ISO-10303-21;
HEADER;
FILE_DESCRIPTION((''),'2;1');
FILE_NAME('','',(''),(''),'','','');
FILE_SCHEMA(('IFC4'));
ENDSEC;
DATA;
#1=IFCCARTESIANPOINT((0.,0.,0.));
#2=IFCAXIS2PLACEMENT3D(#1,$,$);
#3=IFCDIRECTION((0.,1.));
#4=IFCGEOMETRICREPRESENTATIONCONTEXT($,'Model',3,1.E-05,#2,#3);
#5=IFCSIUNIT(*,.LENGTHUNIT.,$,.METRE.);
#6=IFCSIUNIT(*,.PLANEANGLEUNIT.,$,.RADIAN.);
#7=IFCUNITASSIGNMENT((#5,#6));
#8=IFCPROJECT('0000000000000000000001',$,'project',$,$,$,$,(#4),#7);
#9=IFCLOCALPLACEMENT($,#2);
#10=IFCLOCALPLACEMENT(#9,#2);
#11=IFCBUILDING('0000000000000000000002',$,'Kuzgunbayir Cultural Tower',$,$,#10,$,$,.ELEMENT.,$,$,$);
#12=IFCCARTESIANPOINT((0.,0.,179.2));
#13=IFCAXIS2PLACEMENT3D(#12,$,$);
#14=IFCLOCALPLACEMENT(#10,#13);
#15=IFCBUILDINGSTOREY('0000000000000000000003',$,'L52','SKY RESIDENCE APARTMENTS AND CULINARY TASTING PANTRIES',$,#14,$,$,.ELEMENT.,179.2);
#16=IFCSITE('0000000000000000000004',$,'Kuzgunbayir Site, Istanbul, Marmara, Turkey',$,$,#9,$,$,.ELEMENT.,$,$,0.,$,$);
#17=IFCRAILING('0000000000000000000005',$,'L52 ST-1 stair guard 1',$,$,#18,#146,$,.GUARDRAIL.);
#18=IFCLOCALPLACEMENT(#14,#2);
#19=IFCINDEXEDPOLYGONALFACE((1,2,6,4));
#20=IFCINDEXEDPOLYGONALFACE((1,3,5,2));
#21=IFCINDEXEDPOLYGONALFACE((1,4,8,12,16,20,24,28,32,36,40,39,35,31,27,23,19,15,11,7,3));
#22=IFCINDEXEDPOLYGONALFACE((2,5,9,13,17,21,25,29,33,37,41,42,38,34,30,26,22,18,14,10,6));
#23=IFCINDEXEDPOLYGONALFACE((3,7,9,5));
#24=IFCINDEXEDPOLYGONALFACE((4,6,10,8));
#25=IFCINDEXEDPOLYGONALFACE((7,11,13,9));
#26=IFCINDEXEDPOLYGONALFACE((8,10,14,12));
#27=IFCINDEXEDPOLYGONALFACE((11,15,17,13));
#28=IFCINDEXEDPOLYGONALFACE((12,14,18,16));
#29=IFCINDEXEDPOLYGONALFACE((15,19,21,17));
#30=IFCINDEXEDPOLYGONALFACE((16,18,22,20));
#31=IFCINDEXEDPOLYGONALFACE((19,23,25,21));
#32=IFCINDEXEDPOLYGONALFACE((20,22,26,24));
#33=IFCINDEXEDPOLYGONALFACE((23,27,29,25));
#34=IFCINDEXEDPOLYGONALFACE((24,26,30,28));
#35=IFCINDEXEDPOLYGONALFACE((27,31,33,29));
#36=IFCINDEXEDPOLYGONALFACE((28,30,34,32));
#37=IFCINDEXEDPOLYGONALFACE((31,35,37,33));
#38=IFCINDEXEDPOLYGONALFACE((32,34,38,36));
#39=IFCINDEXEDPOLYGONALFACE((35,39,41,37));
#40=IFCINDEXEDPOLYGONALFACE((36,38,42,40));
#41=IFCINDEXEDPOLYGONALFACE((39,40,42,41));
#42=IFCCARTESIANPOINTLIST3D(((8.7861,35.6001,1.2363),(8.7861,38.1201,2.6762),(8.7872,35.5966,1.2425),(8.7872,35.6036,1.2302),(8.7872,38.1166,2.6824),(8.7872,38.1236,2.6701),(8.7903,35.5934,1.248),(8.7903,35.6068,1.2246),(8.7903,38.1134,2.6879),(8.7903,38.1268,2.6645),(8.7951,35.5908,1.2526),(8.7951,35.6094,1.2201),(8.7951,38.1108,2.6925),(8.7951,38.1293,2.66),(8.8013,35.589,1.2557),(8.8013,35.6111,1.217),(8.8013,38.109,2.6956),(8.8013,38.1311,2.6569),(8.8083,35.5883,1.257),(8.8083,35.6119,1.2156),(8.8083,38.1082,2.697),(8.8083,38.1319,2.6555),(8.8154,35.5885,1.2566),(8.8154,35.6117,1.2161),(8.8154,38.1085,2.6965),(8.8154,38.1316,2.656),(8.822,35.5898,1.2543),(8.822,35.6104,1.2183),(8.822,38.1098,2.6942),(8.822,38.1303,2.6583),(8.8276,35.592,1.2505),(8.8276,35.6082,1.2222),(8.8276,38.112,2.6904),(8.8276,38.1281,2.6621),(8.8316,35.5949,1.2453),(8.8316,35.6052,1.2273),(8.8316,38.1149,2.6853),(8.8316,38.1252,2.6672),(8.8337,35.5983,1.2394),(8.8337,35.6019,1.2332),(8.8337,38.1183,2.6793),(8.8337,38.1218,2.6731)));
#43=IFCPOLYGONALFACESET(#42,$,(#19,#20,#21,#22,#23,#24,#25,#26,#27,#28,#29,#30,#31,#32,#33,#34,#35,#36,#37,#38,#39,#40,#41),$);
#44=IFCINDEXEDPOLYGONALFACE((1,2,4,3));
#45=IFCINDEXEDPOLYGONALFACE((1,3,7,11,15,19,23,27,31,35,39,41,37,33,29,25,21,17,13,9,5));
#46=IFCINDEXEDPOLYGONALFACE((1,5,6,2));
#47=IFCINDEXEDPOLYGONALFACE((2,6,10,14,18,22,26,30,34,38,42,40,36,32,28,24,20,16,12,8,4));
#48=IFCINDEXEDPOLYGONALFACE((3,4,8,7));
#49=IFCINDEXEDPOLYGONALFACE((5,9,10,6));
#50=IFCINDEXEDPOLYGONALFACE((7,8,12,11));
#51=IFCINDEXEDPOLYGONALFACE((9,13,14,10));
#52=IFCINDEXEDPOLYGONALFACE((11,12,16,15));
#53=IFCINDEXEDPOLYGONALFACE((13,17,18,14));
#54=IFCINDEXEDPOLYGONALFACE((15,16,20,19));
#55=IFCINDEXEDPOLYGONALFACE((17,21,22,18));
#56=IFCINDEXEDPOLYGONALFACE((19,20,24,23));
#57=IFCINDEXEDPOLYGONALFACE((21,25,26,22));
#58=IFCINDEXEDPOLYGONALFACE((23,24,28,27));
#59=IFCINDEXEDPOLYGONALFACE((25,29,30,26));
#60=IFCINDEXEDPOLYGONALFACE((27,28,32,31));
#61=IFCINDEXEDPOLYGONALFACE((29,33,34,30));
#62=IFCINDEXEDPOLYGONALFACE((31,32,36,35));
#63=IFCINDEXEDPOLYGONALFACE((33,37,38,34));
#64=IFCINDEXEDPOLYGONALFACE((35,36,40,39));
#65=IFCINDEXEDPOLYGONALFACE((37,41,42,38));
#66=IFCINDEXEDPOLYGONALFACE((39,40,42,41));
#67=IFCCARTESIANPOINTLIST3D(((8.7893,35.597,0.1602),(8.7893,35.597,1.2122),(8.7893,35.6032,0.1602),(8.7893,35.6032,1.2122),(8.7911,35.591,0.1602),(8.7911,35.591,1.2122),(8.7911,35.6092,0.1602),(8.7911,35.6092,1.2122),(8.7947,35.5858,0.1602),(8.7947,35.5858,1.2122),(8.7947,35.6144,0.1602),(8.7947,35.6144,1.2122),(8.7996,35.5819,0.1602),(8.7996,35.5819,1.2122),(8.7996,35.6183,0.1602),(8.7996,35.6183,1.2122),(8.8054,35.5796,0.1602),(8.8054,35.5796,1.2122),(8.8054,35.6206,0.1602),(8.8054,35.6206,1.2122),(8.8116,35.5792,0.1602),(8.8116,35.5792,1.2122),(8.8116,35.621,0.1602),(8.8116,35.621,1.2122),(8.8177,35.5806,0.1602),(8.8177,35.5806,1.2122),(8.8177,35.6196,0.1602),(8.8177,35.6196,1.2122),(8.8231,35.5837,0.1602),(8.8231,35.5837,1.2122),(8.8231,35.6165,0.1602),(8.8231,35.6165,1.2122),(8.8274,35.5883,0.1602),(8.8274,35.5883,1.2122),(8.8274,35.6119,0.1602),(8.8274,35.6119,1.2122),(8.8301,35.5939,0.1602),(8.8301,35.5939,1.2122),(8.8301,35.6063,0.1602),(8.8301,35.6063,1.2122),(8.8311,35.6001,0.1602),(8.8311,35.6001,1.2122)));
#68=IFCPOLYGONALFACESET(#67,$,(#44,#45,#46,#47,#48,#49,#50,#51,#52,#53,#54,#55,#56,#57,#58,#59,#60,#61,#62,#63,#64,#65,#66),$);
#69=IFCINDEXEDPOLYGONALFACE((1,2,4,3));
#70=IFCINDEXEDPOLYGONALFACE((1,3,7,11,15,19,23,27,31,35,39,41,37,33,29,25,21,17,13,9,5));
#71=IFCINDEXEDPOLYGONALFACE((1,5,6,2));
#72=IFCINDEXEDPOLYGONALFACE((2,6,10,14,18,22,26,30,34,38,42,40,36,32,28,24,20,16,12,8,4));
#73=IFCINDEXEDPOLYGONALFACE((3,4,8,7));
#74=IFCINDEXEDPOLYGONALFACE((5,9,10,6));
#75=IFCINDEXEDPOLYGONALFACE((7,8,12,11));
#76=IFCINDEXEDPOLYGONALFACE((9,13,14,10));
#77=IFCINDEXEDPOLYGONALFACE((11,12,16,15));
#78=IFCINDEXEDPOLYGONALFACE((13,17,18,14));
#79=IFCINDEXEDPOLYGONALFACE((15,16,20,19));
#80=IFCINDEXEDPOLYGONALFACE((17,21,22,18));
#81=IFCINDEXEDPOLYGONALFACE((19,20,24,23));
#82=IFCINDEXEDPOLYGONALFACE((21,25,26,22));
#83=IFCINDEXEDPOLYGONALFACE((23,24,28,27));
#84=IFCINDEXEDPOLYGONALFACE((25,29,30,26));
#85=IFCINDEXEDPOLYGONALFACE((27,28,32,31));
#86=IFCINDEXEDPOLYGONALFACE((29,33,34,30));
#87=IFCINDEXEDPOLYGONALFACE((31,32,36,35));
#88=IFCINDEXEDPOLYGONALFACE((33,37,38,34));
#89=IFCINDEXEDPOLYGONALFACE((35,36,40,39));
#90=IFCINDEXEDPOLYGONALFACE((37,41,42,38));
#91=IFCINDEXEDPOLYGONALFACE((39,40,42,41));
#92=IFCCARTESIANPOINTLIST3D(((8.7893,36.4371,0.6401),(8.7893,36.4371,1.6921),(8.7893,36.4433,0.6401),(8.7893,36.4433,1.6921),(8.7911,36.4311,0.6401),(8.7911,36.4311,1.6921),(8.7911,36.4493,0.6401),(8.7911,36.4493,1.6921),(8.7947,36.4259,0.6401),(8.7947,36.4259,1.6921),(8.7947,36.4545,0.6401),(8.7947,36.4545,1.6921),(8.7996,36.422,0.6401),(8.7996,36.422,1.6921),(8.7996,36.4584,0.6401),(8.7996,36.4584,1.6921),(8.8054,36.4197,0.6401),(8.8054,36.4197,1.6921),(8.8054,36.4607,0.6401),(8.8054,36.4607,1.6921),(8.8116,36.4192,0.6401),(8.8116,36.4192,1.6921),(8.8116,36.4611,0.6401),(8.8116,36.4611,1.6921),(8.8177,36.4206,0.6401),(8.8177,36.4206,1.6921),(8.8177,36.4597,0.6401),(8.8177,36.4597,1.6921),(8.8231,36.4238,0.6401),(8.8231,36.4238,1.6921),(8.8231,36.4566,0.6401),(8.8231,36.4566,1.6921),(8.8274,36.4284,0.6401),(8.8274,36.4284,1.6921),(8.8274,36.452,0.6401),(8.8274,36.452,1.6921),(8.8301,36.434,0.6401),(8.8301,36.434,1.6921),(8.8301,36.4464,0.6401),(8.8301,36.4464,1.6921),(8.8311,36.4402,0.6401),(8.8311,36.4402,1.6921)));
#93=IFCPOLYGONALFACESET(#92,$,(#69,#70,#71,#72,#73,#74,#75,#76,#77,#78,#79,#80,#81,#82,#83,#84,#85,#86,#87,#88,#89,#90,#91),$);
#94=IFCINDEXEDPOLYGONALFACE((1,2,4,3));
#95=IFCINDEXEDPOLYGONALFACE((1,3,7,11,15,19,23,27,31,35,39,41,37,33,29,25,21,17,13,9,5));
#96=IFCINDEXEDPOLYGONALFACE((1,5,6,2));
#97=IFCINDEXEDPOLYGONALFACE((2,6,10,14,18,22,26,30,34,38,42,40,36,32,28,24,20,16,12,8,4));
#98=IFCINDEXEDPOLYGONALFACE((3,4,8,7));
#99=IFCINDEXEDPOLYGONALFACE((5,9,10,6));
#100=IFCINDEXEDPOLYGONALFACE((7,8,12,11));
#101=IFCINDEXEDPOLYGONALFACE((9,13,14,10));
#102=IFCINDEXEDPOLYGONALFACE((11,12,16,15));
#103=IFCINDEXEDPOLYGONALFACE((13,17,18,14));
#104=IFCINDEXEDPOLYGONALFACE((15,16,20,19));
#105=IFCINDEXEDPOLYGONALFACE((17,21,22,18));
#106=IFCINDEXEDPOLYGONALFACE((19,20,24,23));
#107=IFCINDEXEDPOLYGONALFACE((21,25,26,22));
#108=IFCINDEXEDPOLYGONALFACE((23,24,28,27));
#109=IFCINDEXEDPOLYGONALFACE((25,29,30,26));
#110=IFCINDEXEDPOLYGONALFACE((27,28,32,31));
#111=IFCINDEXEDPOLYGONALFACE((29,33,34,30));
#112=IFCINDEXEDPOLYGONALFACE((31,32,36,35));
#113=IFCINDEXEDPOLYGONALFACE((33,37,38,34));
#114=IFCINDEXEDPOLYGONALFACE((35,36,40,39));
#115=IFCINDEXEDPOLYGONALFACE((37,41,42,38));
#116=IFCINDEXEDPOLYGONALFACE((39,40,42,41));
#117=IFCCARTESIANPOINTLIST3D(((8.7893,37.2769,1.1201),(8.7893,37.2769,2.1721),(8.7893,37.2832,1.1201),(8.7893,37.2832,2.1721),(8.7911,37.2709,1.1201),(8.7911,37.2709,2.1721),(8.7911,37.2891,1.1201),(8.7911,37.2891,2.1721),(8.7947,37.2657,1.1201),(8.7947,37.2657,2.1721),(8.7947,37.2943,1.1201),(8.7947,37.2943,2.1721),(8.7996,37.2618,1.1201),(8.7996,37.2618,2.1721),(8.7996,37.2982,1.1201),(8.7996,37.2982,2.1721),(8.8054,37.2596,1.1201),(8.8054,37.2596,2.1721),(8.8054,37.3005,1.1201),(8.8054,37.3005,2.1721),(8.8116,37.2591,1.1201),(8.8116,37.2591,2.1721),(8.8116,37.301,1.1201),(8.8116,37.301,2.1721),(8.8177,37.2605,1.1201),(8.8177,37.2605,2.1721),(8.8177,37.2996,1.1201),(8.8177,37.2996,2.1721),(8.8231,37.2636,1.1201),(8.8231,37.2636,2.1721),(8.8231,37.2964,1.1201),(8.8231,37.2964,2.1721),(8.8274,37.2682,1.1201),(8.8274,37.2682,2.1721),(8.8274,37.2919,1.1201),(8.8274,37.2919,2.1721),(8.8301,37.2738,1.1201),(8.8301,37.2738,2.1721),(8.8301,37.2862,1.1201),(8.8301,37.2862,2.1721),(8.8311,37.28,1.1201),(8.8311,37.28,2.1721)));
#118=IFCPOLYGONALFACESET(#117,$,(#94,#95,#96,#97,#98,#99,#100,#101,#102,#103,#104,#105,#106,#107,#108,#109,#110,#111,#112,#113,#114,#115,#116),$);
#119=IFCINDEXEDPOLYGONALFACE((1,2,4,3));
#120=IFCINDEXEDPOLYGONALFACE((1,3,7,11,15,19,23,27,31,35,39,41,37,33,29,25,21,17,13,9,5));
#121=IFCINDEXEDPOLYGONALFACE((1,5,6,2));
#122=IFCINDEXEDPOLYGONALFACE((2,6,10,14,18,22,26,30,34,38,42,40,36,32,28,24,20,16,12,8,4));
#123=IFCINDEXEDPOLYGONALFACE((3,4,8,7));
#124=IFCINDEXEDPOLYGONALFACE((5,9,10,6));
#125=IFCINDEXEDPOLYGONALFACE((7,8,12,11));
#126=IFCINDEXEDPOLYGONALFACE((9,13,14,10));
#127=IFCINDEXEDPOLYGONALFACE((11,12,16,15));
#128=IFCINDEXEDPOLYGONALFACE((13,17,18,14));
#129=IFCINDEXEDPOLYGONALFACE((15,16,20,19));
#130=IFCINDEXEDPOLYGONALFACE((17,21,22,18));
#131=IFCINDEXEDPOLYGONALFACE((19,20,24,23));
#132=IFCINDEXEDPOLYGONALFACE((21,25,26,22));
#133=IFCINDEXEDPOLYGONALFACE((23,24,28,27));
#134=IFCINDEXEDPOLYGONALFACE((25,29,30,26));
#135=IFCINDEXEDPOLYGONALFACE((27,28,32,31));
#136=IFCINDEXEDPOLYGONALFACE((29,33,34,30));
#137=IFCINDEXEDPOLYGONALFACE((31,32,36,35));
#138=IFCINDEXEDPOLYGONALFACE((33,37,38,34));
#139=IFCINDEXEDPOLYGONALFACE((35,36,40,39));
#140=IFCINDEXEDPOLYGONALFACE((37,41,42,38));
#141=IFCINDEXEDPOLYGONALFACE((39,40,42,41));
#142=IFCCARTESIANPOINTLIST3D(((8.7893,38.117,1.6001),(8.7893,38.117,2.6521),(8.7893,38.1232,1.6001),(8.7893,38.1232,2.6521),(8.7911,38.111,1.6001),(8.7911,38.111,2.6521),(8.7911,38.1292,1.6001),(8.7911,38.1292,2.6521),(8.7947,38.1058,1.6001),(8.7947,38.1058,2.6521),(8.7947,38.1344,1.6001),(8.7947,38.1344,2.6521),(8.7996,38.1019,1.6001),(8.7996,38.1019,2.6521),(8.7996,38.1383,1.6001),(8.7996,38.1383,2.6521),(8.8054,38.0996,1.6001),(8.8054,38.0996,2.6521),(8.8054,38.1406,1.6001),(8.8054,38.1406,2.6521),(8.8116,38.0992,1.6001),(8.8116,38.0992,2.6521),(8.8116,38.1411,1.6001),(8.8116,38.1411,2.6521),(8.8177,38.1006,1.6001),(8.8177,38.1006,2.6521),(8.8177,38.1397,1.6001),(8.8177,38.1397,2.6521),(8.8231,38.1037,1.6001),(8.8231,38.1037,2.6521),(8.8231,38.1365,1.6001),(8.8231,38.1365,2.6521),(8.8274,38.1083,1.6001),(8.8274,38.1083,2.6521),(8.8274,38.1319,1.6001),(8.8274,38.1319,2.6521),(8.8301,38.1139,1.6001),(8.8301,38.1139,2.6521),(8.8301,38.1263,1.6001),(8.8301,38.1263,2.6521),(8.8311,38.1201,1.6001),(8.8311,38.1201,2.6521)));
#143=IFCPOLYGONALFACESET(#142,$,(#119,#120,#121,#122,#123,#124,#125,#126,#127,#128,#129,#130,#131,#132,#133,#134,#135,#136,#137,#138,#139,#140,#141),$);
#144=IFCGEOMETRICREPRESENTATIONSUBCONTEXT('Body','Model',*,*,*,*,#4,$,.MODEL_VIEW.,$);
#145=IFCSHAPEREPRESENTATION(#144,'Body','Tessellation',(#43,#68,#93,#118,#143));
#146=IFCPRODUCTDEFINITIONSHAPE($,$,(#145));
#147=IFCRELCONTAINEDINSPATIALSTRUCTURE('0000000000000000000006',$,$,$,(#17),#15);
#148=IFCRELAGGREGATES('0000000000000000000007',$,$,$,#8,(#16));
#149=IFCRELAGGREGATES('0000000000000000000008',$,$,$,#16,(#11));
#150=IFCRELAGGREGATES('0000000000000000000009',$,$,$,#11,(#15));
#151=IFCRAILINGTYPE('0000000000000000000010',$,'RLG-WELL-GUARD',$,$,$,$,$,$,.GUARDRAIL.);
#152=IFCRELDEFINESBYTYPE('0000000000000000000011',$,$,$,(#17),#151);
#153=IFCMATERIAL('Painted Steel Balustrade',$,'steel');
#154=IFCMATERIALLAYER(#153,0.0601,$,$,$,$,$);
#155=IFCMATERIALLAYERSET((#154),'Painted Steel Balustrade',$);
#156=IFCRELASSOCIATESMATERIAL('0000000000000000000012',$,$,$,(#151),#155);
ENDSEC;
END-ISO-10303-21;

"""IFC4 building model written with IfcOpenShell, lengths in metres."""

from ifc_helpers import new_model, si_unit, direction, frame, origin, origin_2d, place, context, subcontext, project, spatial, circle, extrude, material, layer, layer_set, type_object, element, save


model = new_model("IFC4")

# Units and contexts
model_context = context("Model", 3, precision=1e-05, world=origin(), true_north=direction((0.0, 1.0)))
body_context = subcontext(model_context, "Body", "Model", "MODEL_VIEW")
ifc_project = project(units=[si_unit("LENGTHUNIT", "METRE"), si_unit("PLANEANGLEUNIT", "RADIAN")], contexts=[model_context])

# Site, building, storey
site_placement = place(None, origin())
site = spatial("IfcSite", under=ifc_project, at=site_placement, Name="Kuzgunbayir Site, Istanbul, Marmara, Turkey", CompositionType="ELEMENT", RefElevation=0.0)
building_placement = place(site_placement, origin())
building = spatial("IfcBuilding", under=site, at=building_placement, Name="Kuzgunbayir Cultural Tower", CompositionType="ELEMENT")
storey_placement = place(building_placement, frame((0.0, 0.0, 179.2)))
storey = spatial("IfcBuildingStorey", under=building, at=storey_placement, Name="L52", Description="SKY RESIDENCE APARTMENTS AND CULINARY TASTING PANTRIES", CompositionType="ELEMENT", Elevation=179.2)

# Railing
ifc_material_1 = material(Name="Painted Steel Balustrade", Category="steel")
ifc_layer_1 = layer(ifc_material_1, 0.0601)
ifc_layer_set_1 = layer_set([ifc_layer_1], Name="Painted Steel Balustrade")
railing_type_1 = type_object("IfcRailingType", Name="RLG-WELL-GUARD", PredefinedType="GUARDRAIL", material=ifc_layer_set_1)
railing_1_placement = place(storey_placement, frame((8.8101, 35.6001, 0.1602)))
element("IfcRailing", 1, at=railing_1_placement, inside=storey, type_object=railing_type_1, Name="L52 ST-1 stair guard 1", PredefinedType="GUARDRAIL", context=body_context, shape_type="SweptSolid", body=[
    extrude(circle(Radius=0.0239, at=origin_2d()), frame((0.0, 0.0, 1.0762), z_axis=(0.0, 0.868253, 0.496121), x_axis=(-1.0, 0.0, 0.0)), (0.0, 0.0, 1.0), 2.9023),
    extrude(circle(Radius=0.021, at=origin_2d()), origin(), (0.0, 0.0, 1.0), 1.052),
    extrude(circle(Radius=0.021, at=origin_2d()), frame((0.0, 0.8401, 0.48)), (0.0, 0.0, 1.0), 1.052),
    extrude(circle(Radius=0.021, at=origin_2d()), frame((0.0, 1.6799, 0.96)), (0.0, 0.0, 1.0), 1.052),
    extrude(circle(Radius=0.021, at=origin_2d()), frame((0.0, 2.52, 1.4399)), (0.0, 0.0, 1.0), 1.052),
])

save(model, "model.ifc")
